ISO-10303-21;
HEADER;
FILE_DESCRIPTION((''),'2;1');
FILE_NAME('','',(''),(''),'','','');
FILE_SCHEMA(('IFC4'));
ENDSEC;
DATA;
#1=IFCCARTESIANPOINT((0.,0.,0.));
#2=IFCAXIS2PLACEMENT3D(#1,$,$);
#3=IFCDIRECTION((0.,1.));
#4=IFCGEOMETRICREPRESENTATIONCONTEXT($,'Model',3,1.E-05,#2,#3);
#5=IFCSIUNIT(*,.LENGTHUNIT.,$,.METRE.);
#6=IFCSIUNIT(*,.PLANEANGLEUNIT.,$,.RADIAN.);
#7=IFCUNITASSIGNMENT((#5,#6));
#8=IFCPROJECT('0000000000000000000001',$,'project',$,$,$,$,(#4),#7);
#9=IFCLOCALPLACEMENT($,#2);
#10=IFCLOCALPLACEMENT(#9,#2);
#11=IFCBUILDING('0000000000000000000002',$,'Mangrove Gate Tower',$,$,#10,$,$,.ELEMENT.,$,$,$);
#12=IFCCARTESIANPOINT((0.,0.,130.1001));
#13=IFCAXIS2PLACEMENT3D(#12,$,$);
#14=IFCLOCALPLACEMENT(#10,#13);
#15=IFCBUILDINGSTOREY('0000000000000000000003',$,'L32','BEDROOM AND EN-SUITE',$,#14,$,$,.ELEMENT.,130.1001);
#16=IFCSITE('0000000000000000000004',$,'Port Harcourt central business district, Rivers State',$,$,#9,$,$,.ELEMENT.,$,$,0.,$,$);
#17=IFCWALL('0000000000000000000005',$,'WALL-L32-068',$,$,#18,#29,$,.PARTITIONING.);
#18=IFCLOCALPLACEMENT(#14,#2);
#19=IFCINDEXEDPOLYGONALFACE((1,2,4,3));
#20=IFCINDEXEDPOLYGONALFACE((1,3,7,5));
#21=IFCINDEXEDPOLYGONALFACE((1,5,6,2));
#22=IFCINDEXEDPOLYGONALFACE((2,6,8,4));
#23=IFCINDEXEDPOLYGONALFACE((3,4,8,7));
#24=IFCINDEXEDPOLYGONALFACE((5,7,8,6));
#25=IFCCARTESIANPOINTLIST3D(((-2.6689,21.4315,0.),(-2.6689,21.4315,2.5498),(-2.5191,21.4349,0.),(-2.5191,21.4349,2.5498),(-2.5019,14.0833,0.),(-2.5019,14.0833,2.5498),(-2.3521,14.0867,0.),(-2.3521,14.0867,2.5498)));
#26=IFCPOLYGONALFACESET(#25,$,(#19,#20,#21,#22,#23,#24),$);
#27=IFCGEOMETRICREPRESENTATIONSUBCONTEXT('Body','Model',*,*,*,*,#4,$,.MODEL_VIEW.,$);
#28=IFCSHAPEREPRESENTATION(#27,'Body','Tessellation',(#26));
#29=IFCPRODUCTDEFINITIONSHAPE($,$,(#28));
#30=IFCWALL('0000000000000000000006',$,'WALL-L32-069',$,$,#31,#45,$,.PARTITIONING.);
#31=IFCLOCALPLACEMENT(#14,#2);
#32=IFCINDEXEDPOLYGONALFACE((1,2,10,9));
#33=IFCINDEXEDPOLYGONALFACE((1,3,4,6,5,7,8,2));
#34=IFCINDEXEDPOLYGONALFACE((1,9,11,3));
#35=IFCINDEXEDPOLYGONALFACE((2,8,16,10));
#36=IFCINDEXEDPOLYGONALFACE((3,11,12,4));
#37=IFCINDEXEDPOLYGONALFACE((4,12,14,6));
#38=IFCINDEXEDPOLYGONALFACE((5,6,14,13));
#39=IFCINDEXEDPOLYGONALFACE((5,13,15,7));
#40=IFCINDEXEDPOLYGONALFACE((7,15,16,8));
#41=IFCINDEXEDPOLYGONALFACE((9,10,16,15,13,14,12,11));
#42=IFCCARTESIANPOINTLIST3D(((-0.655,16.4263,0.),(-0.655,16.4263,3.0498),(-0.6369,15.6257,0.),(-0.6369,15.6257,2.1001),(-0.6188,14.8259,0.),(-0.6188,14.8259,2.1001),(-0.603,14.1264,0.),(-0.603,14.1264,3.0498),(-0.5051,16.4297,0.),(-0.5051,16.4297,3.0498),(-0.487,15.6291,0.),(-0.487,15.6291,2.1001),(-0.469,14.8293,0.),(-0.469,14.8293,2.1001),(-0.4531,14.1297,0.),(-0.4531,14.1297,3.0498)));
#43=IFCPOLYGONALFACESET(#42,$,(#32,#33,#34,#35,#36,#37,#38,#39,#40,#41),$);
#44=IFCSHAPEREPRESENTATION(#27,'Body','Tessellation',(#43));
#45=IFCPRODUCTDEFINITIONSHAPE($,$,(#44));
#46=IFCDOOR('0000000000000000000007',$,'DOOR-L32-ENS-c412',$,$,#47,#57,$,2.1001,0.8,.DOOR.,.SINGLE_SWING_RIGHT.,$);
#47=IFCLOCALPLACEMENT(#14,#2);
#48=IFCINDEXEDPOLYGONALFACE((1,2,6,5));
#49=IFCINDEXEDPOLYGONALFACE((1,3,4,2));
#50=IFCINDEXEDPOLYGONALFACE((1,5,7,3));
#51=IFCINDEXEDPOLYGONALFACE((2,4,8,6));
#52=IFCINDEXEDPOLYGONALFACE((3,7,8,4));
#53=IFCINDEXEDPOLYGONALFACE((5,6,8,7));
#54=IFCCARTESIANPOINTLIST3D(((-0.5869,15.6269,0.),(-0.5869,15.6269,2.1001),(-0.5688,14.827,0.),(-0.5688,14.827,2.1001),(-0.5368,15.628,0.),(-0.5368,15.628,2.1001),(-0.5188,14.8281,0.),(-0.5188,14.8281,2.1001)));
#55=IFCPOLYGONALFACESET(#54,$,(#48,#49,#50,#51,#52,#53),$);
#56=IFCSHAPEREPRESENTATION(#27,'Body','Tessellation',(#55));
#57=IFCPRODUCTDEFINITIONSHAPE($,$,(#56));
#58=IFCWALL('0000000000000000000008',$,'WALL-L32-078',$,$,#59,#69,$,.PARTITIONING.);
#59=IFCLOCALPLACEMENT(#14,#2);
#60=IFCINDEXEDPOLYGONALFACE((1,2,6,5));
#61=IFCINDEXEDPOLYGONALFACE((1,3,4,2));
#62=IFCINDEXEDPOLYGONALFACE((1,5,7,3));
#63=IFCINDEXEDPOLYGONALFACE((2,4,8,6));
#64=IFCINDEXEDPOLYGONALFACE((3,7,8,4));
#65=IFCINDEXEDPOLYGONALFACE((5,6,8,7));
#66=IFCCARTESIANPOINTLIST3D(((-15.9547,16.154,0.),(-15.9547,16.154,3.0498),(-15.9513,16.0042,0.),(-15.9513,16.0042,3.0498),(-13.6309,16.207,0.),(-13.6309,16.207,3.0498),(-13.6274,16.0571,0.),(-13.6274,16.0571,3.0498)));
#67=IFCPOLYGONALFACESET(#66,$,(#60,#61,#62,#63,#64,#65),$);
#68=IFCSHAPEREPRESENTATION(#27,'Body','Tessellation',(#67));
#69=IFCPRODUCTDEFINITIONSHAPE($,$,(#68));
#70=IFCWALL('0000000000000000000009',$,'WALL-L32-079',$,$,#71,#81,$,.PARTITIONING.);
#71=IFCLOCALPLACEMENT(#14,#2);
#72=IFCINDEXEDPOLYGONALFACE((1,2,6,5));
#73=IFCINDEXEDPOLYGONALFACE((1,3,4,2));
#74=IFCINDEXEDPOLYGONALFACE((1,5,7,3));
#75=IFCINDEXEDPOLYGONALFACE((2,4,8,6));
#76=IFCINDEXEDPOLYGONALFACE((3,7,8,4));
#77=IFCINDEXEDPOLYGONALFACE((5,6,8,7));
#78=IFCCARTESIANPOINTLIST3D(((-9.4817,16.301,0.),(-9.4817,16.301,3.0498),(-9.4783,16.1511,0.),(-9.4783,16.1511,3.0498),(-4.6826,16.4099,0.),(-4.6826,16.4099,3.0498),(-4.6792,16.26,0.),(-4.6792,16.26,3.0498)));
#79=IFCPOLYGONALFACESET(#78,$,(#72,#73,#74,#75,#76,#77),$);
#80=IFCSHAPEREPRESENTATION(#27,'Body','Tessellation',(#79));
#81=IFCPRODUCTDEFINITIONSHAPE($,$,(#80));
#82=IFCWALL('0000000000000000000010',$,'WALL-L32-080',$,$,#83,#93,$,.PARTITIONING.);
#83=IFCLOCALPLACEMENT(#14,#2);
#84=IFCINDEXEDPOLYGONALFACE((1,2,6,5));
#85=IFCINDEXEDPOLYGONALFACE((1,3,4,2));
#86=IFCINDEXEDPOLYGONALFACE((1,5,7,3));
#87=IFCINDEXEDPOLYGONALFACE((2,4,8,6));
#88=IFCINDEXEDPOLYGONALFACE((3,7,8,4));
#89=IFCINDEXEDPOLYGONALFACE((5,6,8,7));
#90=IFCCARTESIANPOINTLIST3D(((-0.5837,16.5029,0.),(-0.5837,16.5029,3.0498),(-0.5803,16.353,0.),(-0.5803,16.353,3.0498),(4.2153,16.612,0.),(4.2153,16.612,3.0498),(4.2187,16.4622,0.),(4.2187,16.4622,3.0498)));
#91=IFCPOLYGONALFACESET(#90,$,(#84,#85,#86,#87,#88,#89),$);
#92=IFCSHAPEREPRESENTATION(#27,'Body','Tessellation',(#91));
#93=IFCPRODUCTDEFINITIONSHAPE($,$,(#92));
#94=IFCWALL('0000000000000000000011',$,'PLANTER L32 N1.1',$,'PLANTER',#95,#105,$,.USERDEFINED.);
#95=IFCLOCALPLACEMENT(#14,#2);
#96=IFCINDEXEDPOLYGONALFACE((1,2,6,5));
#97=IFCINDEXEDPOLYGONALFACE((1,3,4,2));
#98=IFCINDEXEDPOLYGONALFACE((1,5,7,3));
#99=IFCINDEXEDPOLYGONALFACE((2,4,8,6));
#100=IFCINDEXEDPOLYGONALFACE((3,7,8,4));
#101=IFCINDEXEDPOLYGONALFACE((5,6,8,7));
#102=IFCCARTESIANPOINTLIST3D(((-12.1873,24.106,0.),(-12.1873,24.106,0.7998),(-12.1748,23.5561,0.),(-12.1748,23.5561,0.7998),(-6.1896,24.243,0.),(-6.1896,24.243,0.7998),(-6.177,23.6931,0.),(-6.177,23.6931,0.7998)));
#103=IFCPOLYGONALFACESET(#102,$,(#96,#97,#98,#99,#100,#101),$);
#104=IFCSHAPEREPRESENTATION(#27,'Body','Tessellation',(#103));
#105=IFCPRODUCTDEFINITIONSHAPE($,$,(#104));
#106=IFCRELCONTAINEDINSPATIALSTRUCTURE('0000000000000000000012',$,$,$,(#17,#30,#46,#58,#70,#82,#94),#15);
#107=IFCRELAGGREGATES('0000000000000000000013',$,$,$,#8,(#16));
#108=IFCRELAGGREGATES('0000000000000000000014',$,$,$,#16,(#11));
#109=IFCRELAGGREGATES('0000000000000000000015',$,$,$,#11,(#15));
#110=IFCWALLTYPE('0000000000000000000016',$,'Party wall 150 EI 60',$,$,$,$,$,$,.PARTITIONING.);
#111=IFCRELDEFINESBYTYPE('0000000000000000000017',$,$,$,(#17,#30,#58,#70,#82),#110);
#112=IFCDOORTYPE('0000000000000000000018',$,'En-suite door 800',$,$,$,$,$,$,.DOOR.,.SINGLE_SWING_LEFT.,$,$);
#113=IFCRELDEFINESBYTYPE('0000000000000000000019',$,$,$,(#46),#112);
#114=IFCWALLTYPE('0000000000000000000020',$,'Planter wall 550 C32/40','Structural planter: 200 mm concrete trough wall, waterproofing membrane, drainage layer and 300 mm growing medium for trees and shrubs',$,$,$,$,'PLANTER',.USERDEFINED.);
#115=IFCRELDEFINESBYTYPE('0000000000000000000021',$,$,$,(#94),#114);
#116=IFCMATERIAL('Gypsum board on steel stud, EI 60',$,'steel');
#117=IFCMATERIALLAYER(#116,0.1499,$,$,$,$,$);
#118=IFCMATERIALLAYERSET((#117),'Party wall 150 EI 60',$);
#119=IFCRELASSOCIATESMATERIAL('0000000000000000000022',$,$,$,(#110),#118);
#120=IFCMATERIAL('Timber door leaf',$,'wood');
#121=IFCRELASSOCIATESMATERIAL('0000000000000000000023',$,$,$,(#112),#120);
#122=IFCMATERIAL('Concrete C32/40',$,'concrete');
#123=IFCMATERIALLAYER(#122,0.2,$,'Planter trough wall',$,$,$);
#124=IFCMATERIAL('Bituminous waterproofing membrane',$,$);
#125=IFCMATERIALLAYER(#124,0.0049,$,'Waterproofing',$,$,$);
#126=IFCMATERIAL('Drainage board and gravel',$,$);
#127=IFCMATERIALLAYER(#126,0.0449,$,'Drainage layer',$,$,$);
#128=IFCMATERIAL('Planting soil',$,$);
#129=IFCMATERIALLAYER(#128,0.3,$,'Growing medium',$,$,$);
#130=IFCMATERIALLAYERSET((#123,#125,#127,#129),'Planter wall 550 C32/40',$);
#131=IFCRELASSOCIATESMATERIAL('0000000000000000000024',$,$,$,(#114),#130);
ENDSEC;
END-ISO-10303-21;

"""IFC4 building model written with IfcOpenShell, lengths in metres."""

from ifc_helpers import new_model, si_unit, direction, frame, frame_2d, origin, place, context, subcontext, project, spatial, rectangle, extrude, material, layer, layer_set, type_object, element, fill, save


model = new_model("IFC4")

# Units and contexts
model_context = context("Model", 3, precision=1e-05, world=origin(), true_north=direction((0.0, 1.0)))
body_context = subcontext(model_context, "Body", "Model", "MODEL_VIEW")
ifc_project = project(units=[si_unit("LENGTHUNIT", "METRE"), si_unit("PLANEANGLEUNIT", "RADIAN")], contexts=[model_context])

# Site, building, storey
site_placement = place(None, origin())
site = spatial("IfcSite", under=ifc_project, at=site_placement, Name="Port Harcourt central business district, Rivers State", CompositionType="ELEMENT", RefElevation=0.0)
building_placement = place(site_placement, origin())
building = spatial("IfcBuilding", under=site, at=building_placement, Name="Mangrove Gate Tower", CompositionType="ELEMENT")
storey_placement = place(building_placement, frame((0.0, 0.0, 130.1001)))
storey = spatial("IfcBuildingStorey", under=building, at=storey_placement, Name="L32", Description="BEDROOM AND EN-SUITE", CompositionType="ELEMENT", Elevation=130.1001)

# Shared definitions
ifc_material_1 = material(Name="Gypsum board on steel stud, EI 60", Category="steel")
ifc_layer_1 = layer(ifc_material_1, 0.1499)
ifc_layer_set_1 = layer_set([ifc_layer_1], Name="Party wall 150 EI 60")
wall_type_1 = type_object("IfcWallType", Name="Party wall 150 EI 60", PredefinedType="PARTITIONING", material=ifc_layer_set_1)

# Shared definitions
ifc_material_2 = material(Name="Timber door leaf", Category="wood")
door_type = type_object("IfcDoorType", Name="En-suite door 800", OperationType="SINGLE_SWING_LEFT", PredefinedType="DOOR", material=ifc_material_2)

# Wall
wall_1_placement = place(storey_placement, frame((-2.427, 14.085, 0.0), z_axis=(0.0, 0.0, 1.0), x_axis=(-0.02272, 0.999742, 0.0)))
element("IfcWall", 1, at=wall_1_placement, inside=storey, type_object=wall_type_1, Name="WALL-L32-068", PredefinedType="PARTITIONING", context=body_context, shape_type="SweptSolid", body=[
    extrude(rectangle(XDim=7.3501, YDim=0.1499, at=frame_2d((3.675, 0.0))), origin(), (0.0, 0.0, 1.0), 2.5498),
])

# Wall, opening, door
wall_2_placement = place(storey_placement, frame((-0.5281, 14.1279, 0.0), z_axis=(0.0, 0.0, 1.0), x_axis=(-0.022603, 0.999745, 0.0)))
wall_2 = element("IfcWall", 2, at=wall_2_placement, inside=storey, type_object=wall_type_1, Name="WALL-L32-069", PredefinedType="PARTITIONING", context=body_context, shape_type="SweptSolid", body=[
    extrude(rectangle(XDim=2.3005, YDim=0.1499, at=frame_2d((1.1504, 0.0))), origin(), (0.0, 0.0, 1.0), 3.0498),
])
opening_1_placement = place(wall_2_placement, frame((0.7, 0.0, 0.0)))
opening_1 = element("IfcOpeningElement", 3, at=opening_1_placement, cuts=wall_2, PredefinedType="OPENING", context=body_context, shape_type="SweptSolid", body=[
    extrude(rectangle(XDim=0.8, YDim=2.1001, at=frame_2d((0.3999, 1.05))), frame((0.0, 0.085, 0.0), z_axis=(0.0, -1.0, 0.0), x_axis=(1.0, 0.0, 0.0)), (0.0, 0.0, 1.0), 0.1699),
])
door_1_placement = place(opening_1_placement, origin())
door_1 = element("IfcDoor", 4, at=door_1_placement, inside=storey, type_object=door_type, Name="DOOR-L32-ENS-c412", OperationType="SINGLE_SWING_RIGHT", OverallHeight=2.1001, OverallWidth=0.8, PredefinedType="DOOR", context=body_context, shape_type="SweptSolid", body=[
    extrude(rectangle(XDim=0.8, YDim=2.1001, at=frame_2d((0.3999, 1.05))), frame((0.0, 0.0249, 0.0), z_axis=(0.0, -1.0, 0.0), x_axis=(1.0, 0.0, 0.0)), (0.0, 0.0, 1.0), 0.05),
])
fill(opening_1, door_1)

# Walls
wall_3_placement = place(storey_placement, frame((-15.9529, 16.0791, 0.0), z_axis=(0.0, 0.0, 1.0), x_axis=(0.99974, 0.022791, 0.0)))
element("IfcWall", 5, at=wall_3_placement, inside=storey, type_object=wall_type_1, Name="WALL-L32-078", PredefinedType="PARTITIONING", context=body_context, shape_type="SweptSolid", body=[
    extrude(rectangle(XDim=2.3245, YDim=0.1499, at=frame_2d((1.1621, 0.0))), origin(), (0.0, 0.0, 1.0), 3.0498),
])
for number, where, z_axis, x_axis, name in (
    (6, (-9.48, 16.2261, 0.0), (0.0, 0.0, 1.0), (0.999743, 0.022683, 0.0), "WALL-L32-079"),
    (7, (-0.582, 16.428, 0.0), (0.0, 0.0, 1.0), (0.999742, 0.022734, 0.0), "WALL-L32-080"),
):
    element("IfcWall", number, at=place(storey_placement, frame(where, z_axis=z_axis, x_axis=x_axis)), inside=storey, type_object=wall_type_1, Name=name, PredefinedType="PARTITIONING", context=body_context, shape_type="SweptSolid", body=[
        extrude(rectangle(XDim=4.8003, YDim=0.1499, at=frame_2d((2.4001, 0.0))), origin(), (0.0, 0.0, 1.0), 3.0498),
    ])
ifc_material_3 = material(Name="Concrete C32/40", Category="concrete")
ifc_layer_2 = layer(ifc_material_3, 0.2, Name="Planter trough wall")
ifc_material_4 = material(Name="Bituminous waterproofing membrane")
ifc_layer_3 = layer(ifc_material_4, 0.0049, Name="Waterproofing")
ifc_material_5 = material(Name="Drainage board and gravel")
ifc_layer_4 = layer(ifc_material_5, 0.0449, Name="Drainage layer")
ifc_material_6 = material(Name="Planting soil")
ifc_layer_5 = layer(ifc_material_6, 0.3, Name="Growing medium")
ifc_layer_set_2 = layer_set([ifc_layer_2, ifc_layer_3, ifc_layer_4, ifc_layer_5], Name="Planter wall 550 C32/40")
wall_type_2 = type_object("IfcWallType", Name="Planter wall 550 C32/40", Description="Structural planter: 200 mm concrete trough wall, waterproofing membrane, drainage layer and 300 mm growing medium for trees and shrubs", ElementType="PLANTER", PredefinedType="USERDEFINED", material=ifc_layer_set_2)
wall_4_placement = place(storey_placement, frame((-12.1809, 23.8311, 0.0), z_axis=(0.0, 0.0, 1.0), x_axis=(0.999739, 0.02283, 0.0)))
element("IfcWall", 8, at=wall_4_placement, inside=storey, type_object=wall_type_2, Name="PLANTER L32 N1.1", ObjectType="PLANTER", PredefinedType="USERDEFINED", context=body_context, shape_type="SweptSolid", body=[
    extrude(rectangle(XDim=5.9993, YDim=0.55, at=frame_2d((2.9995, 0.0))), origin(), (0.0, 0.0, 1.0), 0.7998),
])

save(model, "model.ifc")
